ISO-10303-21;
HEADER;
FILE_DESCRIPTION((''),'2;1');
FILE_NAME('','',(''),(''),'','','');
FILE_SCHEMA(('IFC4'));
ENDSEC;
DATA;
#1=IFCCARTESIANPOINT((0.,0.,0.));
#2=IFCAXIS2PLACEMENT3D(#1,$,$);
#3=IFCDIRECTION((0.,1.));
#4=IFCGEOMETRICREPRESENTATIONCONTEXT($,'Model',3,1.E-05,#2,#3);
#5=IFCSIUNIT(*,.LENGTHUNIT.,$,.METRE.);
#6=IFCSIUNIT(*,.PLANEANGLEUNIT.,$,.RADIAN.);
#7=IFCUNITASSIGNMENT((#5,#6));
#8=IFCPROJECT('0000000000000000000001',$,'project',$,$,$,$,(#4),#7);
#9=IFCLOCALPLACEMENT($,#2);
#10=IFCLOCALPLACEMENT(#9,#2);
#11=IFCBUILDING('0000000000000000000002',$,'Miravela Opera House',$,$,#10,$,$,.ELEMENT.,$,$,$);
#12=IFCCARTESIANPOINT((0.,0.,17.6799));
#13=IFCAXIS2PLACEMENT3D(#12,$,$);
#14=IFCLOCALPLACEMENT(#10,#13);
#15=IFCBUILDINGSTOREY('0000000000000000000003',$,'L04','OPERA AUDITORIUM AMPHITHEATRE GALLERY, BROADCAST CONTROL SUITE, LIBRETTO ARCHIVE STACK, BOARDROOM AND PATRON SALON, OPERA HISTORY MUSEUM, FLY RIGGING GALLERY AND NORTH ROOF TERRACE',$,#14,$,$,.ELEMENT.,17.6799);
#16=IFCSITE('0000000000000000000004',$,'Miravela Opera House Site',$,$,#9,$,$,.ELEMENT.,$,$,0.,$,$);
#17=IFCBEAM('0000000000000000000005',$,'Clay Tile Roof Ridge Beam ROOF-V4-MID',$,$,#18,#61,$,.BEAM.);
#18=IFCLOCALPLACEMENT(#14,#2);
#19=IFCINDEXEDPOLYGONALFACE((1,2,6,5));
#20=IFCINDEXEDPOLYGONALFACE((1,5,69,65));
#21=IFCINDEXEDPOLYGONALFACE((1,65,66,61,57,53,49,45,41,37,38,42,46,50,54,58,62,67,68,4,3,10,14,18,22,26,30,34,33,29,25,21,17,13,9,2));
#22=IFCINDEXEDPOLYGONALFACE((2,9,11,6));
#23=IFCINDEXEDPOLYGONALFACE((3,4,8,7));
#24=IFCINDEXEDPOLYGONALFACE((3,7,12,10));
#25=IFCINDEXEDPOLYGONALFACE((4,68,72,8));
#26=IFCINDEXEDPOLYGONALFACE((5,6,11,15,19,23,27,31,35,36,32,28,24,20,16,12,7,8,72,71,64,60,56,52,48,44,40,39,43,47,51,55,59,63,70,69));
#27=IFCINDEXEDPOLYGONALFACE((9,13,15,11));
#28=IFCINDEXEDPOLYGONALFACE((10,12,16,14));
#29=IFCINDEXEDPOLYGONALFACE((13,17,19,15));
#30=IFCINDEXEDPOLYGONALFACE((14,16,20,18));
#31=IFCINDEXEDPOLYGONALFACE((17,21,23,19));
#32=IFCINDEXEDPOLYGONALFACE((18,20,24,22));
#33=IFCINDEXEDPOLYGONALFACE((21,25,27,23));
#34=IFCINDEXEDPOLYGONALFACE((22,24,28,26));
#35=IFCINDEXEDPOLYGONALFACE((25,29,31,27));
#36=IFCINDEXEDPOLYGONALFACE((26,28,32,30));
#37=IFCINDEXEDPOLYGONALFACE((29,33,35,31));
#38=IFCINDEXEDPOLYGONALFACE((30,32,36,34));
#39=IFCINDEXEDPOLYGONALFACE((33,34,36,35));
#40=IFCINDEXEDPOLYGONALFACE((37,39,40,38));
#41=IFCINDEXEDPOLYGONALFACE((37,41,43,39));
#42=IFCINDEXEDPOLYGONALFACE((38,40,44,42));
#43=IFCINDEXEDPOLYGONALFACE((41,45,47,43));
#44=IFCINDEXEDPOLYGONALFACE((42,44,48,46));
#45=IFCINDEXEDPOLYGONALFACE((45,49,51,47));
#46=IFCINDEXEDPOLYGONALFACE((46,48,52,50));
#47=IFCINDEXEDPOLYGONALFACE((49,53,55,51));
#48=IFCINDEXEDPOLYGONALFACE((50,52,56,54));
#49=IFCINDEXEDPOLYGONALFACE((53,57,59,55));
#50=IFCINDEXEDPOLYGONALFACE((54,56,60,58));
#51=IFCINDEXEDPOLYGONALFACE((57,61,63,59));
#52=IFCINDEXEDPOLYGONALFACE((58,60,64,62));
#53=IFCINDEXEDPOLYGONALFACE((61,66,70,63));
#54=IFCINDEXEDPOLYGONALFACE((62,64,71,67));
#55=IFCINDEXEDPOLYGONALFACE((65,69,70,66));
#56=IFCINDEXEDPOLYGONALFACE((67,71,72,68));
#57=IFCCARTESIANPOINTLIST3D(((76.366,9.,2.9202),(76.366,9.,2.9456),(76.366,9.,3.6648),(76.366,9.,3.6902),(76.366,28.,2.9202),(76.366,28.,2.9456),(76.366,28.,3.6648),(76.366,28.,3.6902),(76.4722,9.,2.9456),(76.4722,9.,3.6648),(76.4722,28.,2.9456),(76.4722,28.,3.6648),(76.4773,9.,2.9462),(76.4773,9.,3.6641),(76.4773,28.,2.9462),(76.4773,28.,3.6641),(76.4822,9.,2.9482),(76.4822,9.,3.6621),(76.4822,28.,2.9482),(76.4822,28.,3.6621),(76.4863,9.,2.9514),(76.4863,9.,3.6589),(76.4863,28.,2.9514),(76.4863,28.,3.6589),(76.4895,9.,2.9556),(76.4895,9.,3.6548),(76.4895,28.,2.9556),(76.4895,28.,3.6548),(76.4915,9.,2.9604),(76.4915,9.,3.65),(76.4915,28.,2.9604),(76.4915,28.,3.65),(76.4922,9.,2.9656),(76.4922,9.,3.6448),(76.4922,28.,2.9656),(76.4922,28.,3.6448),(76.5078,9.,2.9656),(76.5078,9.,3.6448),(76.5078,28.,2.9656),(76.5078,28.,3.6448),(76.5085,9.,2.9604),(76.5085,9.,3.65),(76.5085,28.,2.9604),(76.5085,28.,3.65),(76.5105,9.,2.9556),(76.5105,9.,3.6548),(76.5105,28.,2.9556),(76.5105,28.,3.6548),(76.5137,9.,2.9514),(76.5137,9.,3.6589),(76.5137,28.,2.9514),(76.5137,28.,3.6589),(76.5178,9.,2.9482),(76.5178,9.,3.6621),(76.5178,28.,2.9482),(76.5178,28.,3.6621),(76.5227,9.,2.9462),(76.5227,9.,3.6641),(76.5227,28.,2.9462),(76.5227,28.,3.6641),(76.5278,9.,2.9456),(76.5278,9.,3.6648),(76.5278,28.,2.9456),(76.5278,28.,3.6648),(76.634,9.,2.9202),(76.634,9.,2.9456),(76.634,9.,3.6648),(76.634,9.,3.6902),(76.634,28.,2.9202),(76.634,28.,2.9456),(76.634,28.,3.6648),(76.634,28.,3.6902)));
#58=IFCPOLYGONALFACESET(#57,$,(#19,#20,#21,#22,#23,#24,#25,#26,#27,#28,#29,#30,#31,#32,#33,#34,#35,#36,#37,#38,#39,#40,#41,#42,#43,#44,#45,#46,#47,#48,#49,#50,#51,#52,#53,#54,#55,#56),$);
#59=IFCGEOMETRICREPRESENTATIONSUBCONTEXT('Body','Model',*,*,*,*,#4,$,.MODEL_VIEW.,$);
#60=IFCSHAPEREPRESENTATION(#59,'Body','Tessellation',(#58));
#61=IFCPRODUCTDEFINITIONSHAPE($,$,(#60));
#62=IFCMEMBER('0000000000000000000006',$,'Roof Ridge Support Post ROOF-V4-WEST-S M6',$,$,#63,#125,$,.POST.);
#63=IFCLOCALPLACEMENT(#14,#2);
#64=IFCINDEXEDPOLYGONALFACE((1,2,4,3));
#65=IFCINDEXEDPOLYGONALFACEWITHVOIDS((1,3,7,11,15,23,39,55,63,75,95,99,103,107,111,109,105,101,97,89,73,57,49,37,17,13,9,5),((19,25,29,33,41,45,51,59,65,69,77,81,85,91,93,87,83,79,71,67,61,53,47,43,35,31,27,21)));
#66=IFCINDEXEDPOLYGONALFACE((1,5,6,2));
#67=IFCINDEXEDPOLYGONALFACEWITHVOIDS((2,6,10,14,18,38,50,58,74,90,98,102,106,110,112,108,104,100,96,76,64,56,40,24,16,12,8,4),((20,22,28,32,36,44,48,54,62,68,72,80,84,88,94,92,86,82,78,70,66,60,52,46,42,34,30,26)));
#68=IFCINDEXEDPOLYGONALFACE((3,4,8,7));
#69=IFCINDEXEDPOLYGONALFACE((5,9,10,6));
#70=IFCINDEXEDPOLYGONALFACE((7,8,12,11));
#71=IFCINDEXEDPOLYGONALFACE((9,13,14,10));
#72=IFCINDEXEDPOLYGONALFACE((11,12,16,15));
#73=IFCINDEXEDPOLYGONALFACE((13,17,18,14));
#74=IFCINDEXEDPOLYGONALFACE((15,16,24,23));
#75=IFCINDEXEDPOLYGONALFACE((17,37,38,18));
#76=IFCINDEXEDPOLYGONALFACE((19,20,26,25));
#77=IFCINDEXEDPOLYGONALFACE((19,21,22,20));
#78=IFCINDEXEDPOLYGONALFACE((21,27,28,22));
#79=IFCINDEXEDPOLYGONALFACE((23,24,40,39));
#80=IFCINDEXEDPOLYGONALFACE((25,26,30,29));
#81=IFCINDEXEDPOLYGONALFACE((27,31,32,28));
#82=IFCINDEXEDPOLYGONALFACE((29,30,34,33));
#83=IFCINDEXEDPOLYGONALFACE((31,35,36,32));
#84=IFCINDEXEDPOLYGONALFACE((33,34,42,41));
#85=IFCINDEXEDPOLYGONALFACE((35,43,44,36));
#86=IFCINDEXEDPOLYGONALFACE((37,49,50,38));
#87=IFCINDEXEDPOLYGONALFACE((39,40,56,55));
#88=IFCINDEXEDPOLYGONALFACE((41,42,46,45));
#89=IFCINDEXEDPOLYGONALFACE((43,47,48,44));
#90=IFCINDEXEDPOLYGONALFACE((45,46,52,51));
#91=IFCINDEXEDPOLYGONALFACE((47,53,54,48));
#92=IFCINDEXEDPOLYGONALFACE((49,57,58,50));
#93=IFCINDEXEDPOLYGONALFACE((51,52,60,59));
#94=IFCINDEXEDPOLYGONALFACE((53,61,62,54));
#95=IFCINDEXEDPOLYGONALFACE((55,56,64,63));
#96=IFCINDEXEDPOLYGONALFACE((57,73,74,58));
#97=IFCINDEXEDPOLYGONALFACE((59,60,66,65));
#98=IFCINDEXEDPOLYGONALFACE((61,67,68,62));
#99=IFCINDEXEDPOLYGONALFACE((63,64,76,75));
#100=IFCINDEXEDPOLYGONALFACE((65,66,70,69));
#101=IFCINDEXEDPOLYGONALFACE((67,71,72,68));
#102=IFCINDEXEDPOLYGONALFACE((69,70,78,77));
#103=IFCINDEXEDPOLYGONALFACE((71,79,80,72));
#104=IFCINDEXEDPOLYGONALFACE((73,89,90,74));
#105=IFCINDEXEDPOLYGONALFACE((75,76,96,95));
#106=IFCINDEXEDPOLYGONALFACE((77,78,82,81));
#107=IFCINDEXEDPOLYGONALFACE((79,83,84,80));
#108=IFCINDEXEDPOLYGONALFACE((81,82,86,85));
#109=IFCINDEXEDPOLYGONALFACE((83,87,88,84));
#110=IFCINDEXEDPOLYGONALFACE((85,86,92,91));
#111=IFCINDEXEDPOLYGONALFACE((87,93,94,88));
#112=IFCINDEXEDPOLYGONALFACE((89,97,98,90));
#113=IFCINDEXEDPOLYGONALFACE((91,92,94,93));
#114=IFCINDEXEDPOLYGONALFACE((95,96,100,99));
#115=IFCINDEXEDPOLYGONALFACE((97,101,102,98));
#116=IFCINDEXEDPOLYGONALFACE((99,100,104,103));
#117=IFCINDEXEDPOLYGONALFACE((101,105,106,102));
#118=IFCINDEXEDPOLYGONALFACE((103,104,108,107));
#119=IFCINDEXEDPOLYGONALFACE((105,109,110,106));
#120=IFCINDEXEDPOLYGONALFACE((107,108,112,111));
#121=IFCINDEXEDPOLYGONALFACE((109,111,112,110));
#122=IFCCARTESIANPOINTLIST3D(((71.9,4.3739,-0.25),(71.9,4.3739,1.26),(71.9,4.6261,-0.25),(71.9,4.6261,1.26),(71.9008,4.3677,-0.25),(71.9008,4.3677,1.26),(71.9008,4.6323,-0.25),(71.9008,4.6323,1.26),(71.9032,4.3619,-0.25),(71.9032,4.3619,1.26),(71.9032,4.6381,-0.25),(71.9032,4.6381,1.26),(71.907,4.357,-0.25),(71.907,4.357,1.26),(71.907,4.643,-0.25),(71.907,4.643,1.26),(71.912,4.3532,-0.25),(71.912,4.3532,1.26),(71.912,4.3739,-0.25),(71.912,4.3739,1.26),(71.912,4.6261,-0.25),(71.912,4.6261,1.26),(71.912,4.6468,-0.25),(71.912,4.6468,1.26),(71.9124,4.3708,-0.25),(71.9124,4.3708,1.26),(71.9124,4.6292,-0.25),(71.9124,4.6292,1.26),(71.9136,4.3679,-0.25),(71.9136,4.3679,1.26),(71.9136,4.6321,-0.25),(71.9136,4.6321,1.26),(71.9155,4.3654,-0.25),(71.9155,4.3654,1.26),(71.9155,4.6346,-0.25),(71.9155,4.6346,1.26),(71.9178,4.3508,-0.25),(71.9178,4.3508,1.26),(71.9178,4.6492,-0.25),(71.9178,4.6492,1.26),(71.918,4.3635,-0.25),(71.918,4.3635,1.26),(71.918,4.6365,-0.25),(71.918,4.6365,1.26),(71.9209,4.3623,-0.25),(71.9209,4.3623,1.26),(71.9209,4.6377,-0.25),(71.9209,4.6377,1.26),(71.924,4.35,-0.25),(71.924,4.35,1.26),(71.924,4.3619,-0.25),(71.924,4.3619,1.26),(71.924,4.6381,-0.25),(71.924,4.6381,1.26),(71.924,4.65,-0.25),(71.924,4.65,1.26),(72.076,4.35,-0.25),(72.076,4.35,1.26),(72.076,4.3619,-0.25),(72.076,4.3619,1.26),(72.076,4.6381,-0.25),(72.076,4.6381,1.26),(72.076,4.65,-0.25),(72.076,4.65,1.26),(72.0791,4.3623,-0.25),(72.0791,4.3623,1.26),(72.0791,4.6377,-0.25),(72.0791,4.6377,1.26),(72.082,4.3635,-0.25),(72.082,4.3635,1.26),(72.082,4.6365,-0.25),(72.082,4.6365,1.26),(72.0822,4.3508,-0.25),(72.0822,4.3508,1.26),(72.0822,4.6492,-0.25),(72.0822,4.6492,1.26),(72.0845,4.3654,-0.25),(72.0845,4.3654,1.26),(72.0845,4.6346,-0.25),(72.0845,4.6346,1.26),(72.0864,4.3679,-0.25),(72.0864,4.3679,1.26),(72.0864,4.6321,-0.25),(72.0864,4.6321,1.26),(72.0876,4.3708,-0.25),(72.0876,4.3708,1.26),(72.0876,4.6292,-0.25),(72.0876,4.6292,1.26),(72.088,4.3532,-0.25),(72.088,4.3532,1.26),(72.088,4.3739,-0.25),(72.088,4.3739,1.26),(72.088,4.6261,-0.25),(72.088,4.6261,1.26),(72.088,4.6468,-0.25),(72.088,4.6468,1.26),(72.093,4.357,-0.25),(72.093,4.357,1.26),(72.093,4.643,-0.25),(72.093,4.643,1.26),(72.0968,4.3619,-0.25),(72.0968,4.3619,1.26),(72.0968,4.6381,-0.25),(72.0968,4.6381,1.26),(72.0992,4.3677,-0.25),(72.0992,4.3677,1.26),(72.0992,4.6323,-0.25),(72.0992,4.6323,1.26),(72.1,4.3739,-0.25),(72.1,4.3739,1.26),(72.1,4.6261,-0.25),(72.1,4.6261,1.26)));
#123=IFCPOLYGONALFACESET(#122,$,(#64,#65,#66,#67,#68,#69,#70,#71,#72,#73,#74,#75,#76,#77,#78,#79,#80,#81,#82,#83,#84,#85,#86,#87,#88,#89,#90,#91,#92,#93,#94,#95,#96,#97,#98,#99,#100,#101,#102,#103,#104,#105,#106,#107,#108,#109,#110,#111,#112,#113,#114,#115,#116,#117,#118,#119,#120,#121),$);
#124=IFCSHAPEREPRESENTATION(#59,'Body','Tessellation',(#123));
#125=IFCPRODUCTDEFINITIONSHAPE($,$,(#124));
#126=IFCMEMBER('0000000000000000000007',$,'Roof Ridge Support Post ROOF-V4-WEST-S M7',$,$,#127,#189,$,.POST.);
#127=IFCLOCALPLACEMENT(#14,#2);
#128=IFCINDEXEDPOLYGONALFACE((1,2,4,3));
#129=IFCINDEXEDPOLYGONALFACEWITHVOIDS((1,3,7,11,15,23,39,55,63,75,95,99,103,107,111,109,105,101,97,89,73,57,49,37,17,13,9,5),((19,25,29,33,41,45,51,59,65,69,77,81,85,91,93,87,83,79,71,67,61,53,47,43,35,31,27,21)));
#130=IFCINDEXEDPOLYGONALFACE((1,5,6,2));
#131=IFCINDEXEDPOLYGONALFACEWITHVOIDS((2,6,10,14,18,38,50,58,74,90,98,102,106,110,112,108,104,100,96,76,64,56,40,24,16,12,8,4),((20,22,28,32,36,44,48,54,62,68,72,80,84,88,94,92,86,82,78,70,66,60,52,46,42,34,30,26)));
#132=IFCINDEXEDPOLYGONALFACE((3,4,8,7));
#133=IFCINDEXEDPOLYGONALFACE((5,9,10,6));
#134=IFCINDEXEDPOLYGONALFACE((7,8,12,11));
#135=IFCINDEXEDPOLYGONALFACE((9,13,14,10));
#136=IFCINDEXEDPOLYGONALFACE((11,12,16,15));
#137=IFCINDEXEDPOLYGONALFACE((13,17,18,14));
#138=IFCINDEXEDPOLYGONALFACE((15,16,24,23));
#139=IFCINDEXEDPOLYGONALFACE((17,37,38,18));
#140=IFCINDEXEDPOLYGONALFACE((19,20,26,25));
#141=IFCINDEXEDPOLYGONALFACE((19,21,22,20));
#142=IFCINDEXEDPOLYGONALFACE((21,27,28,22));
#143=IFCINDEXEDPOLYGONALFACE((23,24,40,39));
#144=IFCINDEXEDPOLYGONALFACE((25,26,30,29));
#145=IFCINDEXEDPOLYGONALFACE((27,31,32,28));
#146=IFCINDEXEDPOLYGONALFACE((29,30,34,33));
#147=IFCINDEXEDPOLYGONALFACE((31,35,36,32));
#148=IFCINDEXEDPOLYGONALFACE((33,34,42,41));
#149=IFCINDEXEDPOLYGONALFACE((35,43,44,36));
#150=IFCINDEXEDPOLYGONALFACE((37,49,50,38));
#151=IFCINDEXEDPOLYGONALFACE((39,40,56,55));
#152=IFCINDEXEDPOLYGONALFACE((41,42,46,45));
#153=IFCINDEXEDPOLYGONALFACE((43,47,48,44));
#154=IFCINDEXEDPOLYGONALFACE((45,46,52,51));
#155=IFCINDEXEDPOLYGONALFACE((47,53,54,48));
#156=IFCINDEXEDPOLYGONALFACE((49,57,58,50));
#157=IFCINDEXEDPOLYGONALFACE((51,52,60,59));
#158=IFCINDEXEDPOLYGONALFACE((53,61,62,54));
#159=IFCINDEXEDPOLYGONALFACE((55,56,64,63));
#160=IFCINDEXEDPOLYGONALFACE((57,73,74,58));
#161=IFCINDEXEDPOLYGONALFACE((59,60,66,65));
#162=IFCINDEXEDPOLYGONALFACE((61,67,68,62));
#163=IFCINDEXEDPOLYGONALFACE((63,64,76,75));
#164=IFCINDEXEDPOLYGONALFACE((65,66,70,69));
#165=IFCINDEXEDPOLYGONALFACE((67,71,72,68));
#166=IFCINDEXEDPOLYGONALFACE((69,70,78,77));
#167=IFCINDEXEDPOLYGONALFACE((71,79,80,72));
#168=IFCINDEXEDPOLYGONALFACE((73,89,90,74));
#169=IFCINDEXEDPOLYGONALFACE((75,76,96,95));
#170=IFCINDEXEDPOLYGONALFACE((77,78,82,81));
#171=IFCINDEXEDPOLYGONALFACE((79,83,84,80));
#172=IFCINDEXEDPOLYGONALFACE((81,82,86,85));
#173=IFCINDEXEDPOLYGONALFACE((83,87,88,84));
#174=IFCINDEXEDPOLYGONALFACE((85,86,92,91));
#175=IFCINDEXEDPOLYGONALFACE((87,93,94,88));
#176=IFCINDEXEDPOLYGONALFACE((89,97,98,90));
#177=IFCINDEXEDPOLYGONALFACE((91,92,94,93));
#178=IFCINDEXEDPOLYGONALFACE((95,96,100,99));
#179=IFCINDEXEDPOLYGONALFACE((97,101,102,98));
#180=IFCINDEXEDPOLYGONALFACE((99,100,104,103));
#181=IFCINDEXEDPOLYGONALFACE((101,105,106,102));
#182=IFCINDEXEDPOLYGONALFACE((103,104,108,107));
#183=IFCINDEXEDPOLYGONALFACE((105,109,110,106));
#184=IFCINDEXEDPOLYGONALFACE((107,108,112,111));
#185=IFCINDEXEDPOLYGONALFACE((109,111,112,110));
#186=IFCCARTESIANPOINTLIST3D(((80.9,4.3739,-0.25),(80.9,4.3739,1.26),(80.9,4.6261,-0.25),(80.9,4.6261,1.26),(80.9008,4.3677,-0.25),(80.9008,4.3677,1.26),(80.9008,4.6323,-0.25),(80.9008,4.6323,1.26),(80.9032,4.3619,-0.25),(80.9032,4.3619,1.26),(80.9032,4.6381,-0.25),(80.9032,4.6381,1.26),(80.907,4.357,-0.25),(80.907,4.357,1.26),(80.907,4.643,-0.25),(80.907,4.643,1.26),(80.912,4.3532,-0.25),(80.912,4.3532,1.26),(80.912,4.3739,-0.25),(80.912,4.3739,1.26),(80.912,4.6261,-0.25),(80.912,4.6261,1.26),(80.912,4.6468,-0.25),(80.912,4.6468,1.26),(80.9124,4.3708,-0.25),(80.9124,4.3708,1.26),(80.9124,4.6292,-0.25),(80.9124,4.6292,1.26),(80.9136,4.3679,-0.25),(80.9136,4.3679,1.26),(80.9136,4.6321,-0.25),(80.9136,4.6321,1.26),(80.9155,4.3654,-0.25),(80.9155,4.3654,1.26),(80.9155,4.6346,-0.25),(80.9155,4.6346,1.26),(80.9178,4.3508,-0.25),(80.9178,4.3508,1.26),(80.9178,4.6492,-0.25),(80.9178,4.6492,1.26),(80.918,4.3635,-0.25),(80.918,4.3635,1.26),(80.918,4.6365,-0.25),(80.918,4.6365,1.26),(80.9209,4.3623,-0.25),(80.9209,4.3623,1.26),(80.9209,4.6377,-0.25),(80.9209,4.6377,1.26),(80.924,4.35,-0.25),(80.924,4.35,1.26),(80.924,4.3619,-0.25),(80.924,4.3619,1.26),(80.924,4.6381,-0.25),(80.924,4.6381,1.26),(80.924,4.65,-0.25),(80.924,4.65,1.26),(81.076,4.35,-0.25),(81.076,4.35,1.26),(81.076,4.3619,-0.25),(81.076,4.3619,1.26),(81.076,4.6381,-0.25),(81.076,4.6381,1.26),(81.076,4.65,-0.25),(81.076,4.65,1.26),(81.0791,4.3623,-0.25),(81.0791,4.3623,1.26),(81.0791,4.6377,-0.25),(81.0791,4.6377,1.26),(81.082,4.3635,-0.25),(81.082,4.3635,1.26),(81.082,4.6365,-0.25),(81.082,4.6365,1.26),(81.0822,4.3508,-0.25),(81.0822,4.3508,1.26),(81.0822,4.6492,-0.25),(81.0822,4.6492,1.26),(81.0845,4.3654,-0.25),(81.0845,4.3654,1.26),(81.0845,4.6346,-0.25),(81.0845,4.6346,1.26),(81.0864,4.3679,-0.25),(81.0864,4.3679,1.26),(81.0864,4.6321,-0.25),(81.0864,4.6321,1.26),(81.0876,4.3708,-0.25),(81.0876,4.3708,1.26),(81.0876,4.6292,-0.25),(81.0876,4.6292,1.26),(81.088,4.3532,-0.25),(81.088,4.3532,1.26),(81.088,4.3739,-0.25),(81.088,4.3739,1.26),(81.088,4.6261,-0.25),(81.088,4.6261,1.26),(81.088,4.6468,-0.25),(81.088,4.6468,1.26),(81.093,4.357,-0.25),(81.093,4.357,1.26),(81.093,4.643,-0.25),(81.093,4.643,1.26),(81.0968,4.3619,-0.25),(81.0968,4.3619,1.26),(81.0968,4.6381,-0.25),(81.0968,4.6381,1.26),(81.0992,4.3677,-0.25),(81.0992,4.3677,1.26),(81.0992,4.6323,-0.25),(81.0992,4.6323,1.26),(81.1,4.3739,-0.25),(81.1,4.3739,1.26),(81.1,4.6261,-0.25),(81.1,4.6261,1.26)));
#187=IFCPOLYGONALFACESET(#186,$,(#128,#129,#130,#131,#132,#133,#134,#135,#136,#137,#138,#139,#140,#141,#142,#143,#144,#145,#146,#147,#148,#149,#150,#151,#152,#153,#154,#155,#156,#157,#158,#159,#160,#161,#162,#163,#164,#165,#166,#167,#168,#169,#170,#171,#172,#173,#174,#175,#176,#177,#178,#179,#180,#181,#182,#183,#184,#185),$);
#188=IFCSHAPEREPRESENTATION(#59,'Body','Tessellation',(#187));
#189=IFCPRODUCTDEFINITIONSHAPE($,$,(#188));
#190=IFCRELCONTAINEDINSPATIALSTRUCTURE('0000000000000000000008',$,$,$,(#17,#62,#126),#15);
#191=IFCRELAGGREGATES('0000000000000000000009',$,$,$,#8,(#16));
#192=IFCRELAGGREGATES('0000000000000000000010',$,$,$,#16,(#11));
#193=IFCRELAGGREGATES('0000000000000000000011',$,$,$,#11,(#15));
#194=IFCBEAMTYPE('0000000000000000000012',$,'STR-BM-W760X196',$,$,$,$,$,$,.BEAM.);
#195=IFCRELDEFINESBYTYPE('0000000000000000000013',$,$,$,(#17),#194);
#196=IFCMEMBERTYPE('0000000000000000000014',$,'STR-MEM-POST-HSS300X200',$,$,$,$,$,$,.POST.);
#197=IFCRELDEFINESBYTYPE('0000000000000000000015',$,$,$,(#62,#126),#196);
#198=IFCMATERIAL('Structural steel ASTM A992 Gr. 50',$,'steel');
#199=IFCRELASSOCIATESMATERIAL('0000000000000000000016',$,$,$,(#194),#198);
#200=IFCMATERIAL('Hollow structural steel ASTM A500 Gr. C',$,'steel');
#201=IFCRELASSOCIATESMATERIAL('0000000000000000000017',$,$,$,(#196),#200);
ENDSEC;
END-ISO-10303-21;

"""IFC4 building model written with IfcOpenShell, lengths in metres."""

from ifc_helpers import new_model, si_unit, direction, frame, origin, origin_2d, place, context, subcontext, project, spatial, hollow_rectangle, i_section, extrude, material, material_profile, profile_set, type_object, element, save


model = new_model("IFC4")

# Units and contexts
model_context = context("Model", 3, precision=1e-05, world=origin(), true_north=direction((0.0, 1.0)))
body_context = subcontext(model_context, "Body", "Model", "MODEL_VIEW")
ifc_project = project(units=[si_unit("LENGTHUNIT", "METRE"), si_unit("PLANEANGLEUNIT", "RADIAN")], contexts=[model_context])

# Site, building, storey
site_placement = place(None, origin())
site = spatial("IfcSite", under=ifc_project, at=site_placement, Name="Miravela Opera House Site", CompositionType="ELEMENT", RefElevation=0.0)
building_placement = place(site_placement, origin())
building = spatial("IfcBuilding", under=site, at=building_placement, Name="Miravela Opera House", CompositionType="ELEMENT")
storey_placement = place(building_placement, frame((0.0, 0.0, 17.6799)))
storey = spatial("IfcBuildingStorey", under=building, at=storey_placement, Name="L04", Description="OPERA AUDITORIUM AMPHITHEATRE GALLERY, BROADCAST CONTROL SUITE, LIBRETTO ARCHIVE STACK, BOARDROOM AND PATRON SALON, OPERA HISTORY MUSEUM, FLY RIGGING GALLERY AND NORTH ROOF TERRACE", CompositionType="ELEMENT", Elevation=17.6799)

# Beam
ifc_material_1 = material(Name="Structural steel ASTM A992 Gr. 50", Category="steel")
ifc_material_profile_1 = material_profile(ifc_material_1, i_section(OverallWidth=0.2681, OverallDepth=0.77, WebThickness=0.0156, FlangeThickness=0.0254, FilletRadius=0.02, at=origin_2d()), Name="W760X196")
ifc_profile_set_1 = profile_set([ifc_material_profile_1])
beam_type = type_object("IfcBeamType", Name="STR-BM-W760X196", PredefinedType="BEAM", material=ifc_profile_set_1)
beam_placement = place(storey_placement, frame((76.5, 9.0, 3.3052), z_axis=(0.0, 1.0, 0.0), x_axis=(-1.0, 0.0, 0.0)))
element("IfcBeam", 1, at=beam_placement, inside=storey, type_object=beam_type, Name="Clay Tile Roof Ridge Beam ROOF-V4-MID", PredefinedType="BEAM", context=body_context, shape_type="SweptSolid", body=[
    extrude(i_section(OverallWidth=0.2681, OverallDepth=0.77, WebThickness=0.0156, FlangeThickness=0.0254, FilletRadius=0.02, at=origin_2d()), origin(), (0.0, 0.0, 1.0), 19.0),
])

# Members
ifc_material_2 = material(Name="Hollow structural steel ASTM A500 Gr. C", Category="steel")
ifc_material_profile_2 = material_profile(ifc_material_2, hollow_rectangle(XDim=0.2, YDim=0.3, WallThickness=0.012, InnerFilletRadius=0.012, OuterFilletRadius=0.0239, at=origin_2d()), Name="HSS300X200X12")
ifc_profile_set_2 = profile_set([ifc_material_profile_2])
member_type_1 = type_object("IfcMemberType", Name="STR-MEM-POST-HSS300X200", PredefinedType="POST", material=ifc_profile_set_2)
for number, where, z_axis, x_axis, name in (
    (2, (72.0, 4.5, -0.25), (0.0, 0.0, 1.0), (1.0, 0.0, 0.0), "Roof Ridge Support Post ROOF-V4-WEST-S M6"),
    (3, (81.0, 4.5, -0.25), (0.0, 0.0, 1.0), (1.0, 0.0, 0.0), "Roof Ridge Support Post ROOF-V4-WEST-S M7"),
):
    element("IfcMember", number, at=place(storey_placement, frame(where, z_axis=z_axis, x_axis=x_axis)), inside=storey, type_object=member_type_1, Name=name, PredefinedType="POST", context=body_context, shape_type="SweptSolid", body=[
        extrude(hollow_rectangle(XDim=0.2, YDim=0.3, WallThickness=0.012, InnerFilletRadius=0.012, OuterFilletRadius=0.0239, at=origin_2d()), origin(), (0.0, 0.0, 1.0), 1.51),
    ])

save(model, "model.ifc")
